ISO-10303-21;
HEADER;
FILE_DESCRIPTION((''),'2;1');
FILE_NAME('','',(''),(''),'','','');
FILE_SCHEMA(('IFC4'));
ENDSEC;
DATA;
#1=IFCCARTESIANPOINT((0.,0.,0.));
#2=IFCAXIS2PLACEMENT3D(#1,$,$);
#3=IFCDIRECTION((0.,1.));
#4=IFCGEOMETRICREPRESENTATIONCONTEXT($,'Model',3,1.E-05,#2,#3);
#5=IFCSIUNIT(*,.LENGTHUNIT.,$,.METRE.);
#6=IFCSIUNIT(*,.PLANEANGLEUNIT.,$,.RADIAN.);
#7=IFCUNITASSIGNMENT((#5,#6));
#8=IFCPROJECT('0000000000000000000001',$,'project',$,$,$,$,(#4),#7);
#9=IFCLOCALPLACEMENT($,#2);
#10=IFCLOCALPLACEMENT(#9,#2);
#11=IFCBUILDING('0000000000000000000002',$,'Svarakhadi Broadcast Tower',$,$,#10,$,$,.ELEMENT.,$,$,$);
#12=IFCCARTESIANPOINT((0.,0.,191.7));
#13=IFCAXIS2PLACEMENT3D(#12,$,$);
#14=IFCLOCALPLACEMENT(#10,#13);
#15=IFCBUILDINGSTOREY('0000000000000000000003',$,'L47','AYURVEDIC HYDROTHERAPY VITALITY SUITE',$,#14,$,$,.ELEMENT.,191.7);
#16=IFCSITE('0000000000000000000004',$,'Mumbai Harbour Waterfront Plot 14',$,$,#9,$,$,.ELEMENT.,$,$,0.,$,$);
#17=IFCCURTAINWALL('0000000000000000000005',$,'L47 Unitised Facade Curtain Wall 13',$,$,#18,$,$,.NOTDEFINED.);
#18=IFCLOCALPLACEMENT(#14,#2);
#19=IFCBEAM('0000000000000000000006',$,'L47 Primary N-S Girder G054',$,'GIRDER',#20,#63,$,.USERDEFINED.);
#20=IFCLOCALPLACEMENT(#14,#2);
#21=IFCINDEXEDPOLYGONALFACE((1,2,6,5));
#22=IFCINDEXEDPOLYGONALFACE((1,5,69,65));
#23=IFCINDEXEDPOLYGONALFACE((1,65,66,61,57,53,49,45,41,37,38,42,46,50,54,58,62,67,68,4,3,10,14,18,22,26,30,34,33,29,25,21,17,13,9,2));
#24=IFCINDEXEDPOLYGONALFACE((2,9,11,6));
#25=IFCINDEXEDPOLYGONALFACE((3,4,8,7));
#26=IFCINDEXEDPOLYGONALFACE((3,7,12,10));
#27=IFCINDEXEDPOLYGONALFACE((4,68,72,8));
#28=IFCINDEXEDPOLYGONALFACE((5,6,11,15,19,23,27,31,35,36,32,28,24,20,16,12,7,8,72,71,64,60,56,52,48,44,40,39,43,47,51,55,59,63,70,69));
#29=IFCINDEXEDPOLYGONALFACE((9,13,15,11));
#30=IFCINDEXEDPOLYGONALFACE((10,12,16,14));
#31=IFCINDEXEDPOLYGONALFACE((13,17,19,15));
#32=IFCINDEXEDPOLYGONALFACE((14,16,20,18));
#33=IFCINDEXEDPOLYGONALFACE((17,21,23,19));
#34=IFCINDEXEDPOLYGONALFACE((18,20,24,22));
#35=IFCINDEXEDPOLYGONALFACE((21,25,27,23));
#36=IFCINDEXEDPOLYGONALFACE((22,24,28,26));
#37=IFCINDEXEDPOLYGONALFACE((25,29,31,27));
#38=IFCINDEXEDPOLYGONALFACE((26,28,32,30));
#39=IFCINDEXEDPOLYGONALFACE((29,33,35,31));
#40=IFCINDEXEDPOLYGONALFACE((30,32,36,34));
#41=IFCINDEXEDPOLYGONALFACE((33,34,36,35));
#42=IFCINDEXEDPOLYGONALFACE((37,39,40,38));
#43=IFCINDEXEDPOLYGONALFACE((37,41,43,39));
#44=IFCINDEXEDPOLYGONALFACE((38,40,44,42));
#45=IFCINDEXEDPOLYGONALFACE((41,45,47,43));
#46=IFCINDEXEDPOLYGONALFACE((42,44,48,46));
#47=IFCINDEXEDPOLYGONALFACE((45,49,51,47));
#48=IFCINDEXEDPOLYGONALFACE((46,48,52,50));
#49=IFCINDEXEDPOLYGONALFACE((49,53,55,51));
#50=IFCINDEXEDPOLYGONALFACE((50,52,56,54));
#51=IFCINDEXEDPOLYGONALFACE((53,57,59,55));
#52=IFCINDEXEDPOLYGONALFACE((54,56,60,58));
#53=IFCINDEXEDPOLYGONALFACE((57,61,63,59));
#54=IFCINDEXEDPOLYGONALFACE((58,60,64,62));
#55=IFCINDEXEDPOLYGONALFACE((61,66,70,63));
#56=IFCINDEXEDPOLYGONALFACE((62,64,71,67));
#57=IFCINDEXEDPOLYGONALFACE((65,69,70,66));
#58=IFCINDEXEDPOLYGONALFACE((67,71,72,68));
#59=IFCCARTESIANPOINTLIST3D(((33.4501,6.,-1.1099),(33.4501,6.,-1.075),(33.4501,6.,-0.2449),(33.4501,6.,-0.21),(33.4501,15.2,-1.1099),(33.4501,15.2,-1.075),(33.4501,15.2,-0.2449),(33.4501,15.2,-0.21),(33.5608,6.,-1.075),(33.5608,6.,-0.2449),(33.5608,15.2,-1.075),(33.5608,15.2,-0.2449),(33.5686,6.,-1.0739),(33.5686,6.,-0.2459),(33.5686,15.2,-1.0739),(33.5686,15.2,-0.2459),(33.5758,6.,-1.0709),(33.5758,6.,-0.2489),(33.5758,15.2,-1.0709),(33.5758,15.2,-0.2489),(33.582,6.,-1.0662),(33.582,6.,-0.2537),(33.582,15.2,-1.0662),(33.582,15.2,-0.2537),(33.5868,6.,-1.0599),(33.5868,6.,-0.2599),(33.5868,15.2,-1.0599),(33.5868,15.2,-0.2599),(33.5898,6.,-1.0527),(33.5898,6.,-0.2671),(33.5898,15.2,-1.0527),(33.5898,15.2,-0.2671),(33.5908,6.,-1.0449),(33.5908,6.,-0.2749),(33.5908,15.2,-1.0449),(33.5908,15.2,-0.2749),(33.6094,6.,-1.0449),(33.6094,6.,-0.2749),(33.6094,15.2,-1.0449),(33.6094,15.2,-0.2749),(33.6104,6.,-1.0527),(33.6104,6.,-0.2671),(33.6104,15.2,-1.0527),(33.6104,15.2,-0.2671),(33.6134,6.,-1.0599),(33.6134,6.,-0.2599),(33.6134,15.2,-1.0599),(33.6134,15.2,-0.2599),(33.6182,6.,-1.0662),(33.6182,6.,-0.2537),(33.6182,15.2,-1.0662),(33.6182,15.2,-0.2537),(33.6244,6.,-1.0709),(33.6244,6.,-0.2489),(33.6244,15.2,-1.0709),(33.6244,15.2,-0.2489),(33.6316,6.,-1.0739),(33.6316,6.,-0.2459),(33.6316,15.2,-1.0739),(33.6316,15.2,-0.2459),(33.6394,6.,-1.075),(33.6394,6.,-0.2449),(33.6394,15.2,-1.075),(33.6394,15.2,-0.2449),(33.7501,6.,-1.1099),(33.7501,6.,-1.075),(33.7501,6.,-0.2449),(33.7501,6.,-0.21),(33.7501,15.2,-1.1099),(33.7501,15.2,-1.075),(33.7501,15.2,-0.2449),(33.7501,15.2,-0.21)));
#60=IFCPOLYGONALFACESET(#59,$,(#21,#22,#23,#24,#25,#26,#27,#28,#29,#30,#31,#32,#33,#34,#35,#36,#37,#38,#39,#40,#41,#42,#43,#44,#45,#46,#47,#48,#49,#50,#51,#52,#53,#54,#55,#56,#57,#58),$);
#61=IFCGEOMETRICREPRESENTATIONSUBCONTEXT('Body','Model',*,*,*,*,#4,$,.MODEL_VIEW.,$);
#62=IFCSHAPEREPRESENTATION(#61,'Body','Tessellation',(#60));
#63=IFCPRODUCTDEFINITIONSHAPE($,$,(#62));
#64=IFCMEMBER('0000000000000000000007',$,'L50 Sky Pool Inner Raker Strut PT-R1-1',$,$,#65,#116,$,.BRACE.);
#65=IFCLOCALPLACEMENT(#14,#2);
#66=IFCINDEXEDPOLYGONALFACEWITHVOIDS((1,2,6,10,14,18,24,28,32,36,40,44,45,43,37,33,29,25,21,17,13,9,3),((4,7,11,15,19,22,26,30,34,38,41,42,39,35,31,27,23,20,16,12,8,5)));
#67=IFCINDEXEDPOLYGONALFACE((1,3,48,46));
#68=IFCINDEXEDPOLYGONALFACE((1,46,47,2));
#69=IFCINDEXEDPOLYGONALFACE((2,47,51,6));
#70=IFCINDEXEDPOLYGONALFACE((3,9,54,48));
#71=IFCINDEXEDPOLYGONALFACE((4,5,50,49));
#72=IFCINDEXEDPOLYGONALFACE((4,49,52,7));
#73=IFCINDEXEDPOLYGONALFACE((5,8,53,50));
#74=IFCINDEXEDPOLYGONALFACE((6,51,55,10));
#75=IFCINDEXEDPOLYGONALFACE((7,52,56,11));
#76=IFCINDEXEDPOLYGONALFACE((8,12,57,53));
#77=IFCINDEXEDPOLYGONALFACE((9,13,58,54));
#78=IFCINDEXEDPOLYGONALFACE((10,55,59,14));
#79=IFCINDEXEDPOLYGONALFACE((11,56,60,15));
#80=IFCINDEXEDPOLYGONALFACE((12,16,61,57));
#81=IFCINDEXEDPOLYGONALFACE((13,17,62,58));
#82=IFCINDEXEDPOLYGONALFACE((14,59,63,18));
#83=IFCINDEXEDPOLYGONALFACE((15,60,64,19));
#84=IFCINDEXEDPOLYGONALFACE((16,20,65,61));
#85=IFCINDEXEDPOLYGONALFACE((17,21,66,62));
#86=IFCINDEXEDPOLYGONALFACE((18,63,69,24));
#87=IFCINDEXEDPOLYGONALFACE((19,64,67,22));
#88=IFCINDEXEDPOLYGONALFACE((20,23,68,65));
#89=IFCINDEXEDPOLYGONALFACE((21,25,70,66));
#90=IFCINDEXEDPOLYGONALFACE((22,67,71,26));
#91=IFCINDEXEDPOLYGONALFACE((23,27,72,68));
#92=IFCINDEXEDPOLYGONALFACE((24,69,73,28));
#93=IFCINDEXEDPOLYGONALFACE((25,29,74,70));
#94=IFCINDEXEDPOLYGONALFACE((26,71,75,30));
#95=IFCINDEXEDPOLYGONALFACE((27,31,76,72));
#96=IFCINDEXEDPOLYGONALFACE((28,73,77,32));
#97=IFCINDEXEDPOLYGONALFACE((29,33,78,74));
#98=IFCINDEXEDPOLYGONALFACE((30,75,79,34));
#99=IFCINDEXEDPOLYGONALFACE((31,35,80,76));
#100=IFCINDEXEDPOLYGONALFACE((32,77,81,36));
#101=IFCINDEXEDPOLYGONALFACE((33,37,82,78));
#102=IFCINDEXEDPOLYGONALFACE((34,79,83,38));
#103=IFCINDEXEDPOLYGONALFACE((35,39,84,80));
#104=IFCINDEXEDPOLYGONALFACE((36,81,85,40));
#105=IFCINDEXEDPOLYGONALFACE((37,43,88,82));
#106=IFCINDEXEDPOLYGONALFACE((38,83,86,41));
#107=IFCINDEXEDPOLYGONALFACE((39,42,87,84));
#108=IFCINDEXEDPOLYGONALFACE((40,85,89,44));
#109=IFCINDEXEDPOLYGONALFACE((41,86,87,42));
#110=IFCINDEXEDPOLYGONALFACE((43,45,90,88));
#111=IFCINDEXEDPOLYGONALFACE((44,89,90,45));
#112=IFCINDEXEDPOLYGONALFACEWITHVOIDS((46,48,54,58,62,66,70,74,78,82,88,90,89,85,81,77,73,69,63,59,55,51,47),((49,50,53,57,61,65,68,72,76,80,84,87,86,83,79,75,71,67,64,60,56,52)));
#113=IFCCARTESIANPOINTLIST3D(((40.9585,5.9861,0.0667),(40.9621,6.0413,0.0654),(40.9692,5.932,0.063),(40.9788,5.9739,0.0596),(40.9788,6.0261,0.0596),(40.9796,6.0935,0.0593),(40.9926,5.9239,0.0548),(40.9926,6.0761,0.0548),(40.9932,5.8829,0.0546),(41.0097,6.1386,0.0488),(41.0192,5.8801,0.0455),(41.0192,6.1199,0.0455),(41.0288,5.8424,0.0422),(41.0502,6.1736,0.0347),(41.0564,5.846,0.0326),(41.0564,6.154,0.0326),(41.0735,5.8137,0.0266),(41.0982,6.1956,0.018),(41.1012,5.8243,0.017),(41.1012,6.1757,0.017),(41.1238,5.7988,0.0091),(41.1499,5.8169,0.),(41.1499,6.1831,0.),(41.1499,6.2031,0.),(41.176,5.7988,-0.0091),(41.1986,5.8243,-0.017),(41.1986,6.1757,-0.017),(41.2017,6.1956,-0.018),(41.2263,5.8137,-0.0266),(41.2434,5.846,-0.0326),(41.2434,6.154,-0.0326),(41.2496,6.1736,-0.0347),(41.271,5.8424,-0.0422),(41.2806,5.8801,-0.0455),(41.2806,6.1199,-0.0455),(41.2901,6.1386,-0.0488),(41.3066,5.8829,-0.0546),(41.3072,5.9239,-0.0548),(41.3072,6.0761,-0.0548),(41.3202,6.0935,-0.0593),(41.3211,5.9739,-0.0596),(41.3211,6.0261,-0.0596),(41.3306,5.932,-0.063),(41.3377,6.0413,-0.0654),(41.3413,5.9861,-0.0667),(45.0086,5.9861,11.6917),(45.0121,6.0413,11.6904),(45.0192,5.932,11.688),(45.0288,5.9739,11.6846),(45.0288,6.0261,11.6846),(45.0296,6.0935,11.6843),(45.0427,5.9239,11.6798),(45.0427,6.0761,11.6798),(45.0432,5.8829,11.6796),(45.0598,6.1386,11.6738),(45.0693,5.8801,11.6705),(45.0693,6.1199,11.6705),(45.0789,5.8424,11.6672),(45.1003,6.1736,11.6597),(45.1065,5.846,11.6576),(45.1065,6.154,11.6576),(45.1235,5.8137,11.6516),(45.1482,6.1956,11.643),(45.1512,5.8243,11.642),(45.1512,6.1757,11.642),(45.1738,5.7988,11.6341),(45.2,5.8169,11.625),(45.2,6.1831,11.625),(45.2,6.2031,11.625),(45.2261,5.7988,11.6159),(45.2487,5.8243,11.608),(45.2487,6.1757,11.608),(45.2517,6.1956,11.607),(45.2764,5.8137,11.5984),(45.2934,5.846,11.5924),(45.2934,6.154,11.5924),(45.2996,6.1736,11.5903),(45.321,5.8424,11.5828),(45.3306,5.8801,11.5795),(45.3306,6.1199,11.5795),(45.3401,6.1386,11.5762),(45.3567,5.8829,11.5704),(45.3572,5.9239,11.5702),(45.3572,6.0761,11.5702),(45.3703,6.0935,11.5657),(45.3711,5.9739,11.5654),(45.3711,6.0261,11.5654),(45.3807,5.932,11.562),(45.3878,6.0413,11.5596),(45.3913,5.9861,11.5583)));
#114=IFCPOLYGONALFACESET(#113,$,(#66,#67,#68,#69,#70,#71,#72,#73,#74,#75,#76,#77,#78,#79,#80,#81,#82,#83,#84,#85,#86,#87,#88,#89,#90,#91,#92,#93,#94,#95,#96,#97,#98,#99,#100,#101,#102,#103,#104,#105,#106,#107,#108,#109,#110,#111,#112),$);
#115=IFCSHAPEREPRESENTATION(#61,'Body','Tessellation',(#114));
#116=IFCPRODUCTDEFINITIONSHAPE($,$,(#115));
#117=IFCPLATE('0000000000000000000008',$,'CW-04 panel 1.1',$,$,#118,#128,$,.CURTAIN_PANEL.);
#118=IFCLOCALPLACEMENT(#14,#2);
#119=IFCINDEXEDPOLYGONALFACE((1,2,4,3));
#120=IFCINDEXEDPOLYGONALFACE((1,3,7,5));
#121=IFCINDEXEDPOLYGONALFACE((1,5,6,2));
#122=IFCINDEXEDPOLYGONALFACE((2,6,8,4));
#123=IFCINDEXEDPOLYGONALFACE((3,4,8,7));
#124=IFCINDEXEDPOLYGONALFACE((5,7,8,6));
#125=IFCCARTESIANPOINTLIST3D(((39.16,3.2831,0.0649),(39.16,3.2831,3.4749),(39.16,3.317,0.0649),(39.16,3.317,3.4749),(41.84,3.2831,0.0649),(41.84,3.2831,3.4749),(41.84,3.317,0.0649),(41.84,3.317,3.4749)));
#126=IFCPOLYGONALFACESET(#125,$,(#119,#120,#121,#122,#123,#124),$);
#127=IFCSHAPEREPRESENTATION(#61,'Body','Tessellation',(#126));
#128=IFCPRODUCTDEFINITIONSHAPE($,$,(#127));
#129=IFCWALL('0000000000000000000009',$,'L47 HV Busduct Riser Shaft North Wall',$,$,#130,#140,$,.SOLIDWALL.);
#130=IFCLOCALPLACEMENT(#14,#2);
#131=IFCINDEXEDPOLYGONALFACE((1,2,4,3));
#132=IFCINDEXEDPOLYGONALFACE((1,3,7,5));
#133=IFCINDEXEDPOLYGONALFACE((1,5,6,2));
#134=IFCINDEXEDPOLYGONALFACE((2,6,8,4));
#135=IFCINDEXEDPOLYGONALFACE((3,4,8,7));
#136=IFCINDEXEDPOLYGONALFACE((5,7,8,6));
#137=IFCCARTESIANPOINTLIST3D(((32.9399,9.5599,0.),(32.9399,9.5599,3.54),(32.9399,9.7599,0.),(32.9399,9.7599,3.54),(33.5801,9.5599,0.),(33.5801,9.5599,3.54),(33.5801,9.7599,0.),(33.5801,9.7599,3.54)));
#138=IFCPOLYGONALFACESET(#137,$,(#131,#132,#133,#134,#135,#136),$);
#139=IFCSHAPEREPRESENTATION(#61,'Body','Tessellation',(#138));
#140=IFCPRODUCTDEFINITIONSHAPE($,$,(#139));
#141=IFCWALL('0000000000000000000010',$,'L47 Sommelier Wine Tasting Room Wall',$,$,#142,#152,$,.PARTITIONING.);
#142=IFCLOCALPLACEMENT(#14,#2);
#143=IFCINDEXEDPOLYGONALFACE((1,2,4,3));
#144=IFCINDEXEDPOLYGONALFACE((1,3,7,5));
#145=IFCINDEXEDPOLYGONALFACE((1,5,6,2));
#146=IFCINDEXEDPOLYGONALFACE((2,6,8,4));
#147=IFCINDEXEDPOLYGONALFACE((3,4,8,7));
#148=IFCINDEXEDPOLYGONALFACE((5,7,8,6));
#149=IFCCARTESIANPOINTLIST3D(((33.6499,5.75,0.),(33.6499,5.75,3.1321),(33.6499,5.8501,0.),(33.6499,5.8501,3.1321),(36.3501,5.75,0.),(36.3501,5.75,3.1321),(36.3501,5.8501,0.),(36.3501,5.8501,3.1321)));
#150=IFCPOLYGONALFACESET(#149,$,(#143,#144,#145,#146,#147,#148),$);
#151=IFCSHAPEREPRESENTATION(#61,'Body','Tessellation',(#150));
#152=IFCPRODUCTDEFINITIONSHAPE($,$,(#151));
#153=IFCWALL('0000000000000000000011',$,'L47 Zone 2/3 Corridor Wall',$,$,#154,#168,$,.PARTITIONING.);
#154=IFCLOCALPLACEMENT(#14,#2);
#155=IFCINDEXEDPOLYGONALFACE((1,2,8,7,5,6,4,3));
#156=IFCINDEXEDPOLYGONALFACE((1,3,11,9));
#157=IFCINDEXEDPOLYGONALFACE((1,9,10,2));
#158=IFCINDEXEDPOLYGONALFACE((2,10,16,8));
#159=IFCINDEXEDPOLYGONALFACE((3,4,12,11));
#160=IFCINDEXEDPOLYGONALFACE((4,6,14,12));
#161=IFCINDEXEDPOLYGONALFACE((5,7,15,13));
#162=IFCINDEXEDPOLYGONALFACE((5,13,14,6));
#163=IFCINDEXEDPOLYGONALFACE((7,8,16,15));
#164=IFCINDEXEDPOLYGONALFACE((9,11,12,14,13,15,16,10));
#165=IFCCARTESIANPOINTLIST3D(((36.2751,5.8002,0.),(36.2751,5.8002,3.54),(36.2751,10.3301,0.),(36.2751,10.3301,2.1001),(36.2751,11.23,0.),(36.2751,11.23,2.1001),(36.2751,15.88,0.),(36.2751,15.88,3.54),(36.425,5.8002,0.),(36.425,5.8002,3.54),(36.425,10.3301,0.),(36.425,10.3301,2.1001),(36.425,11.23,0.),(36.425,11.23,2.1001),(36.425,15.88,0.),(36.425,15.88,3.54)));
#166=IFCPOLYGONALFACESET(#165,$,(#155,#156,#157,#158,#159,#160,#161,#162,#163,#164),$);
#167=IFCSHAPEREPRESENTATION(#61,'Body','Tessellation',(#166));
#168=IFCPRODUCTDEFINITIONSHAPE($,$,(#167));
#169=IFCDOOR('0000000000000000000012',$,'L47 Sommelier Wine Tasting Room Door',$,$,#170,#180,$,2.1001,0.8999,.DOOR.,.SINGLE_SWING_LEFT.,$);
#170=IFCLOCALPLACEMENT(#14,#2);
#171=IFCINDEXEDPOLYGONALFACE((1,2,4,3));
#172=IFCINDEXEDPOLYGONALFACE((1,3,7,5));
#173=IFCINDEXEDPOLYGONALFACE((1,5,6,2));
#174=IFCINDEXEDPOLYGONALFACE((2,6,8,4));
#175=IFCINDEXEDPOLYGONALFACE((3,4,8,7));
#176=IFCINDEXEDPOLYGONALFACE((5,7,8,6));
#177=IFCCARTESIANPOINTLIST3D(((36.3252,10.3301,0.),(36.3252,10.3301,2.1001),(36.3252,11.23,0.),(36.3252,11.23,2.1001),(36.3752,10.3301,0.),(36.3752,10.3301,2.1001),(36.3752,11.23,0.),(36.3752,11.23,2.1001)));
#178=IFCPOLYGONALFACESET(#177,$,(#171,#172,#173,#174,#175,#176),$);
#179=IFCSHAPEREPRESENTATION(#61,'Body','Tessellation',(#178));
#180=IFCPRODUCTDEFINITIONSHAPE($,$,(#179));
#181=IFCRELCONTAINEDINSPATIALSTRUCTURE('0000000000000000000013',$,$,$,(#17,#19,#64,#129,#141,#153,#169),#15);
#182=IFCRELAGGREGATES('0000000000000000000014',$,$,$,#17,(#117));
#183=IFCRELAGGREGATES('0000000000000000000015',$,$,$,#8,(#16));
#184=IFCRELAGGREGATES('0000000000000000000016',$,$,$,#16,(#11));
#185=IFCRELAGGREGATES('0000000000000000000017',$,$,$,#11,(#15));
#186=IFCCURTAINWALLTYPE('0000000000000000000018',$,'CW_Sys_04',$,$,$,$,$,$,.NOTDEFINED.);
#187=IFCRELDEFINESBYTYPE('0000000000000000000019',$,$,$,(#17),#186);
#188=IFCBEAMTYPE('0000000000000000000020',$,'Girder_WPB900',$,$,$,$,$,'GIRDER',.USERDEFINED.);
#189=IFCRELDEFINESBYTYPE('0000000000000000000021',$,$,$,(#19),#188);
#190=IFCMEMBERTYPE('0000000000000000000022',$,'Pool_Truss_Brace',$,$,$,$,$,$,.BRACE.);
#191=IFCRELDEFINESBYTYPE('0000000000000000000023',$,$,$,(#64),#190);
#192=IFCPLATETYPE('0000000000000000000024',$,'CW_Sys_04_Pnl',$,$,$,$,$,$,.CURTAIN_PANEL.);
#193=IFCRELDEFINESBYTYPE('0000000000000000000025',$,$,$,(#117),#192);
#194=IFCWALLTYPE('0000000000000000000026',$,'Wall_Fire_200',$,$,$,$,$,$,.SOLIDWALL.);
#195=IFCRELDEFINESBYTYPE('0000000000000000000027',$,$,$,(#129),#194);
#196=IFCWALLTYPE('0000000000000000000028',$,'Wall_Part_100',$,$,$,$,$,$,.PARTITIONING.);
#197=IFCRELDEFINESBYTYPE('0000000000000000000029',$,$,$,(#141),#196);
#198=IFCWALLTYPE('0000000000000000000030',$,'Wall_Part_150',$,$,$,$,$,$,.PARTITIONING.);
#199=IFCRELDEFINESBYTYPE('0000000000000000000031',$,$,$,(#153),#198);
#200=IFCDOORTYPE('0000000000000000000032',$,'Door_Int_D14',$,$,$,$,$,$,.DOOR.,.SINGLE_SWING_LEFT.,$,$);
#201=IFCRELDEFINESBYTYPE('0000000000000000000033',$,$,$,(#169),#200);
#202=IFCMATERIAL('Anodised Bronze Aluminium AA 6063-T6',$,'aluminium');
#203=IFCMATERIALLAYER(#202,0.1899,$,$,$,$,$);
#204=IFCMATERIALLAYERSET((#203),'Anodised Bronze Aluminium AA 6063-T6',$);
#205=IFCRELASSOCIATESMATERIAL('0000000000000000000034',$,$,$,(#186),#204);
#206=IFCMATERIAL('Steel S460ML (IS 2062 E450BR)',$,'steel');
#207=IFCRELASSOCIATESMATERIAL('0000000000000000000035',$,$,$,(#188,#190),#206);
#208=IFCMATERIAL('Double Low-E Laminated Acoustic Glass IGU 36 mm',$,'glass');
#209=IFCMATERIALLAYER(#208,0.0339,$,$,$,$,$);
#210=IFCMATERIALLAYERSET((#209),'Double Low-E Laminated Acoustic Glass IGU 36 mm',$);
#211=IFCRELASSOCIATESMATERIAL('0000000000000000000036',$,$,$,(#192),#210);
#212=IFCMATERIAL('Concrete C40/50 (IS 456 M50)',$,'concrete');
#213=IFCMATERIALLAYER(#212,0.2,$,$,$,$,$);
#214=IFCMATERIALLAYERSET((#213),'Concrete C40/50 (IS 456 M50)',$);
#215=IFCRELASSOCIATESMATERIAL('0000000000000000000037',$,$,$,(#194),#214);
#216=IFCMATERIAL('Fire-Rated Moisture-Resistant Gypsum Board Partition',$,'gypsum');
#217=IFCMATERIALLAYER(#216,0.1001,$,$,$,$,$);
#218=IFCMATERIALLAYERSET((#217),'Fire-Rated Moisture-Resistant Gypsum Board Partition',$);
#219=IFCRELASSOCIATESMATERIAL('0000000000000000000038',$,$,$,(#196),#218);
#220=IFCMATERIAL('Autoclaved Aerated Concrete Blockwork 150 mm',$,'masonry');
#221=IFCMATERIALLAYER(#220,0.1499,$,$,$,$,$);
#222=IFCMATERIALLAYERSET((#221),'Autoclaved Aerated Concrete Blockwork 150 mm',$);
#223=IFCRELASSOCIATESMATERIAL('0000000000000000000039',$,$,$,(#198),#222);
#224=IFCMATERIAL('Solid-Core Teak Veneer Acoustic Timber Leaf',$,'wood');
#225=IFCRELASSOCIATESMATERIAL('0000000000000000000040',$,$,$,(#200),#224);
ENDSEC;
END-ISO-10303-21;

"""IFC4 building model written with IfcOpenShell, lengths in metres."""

from ifc_helpers import new_model, si_unit, direction, frame, frame_2d, origin, origin_2d, place, context, subcontext, project, spatial, rectangle, hollow_circle, i_section, extrude, material, layer, layer_set, material_profile, profile_set, type_object, element, fill, aggregate, save


model = new_model("IFC4")

# Units and contexts
model_context = context("Model", 3, precision=1e-05, world=origin(), true_north=direction((0.0, 1.0)))
body_context = subcontext(model_context, "Body", "Model", "MODEL_VIEW")
ifc_project = project(units=[si_unit("LENGTHUNIT", "METRE"), si_unit("PLANEANGLEUNIT", "RADIAN")], contexts=[model_context])

# Site, building, storey
site_placement = place(None, origin())
site = spatial("IfcSite", under=ifc_project, at=site_placement, Name="Mumbai Harbour Waterfront Plot 14", CompositionType="ELEMENT", RefElevation=0.0)
building_placement = place(site_placement, origin())
building = spatial("IfcBuilding", under=site, at=building_placement, Name="Svarakhadi Broadcast Tower", CompositionType="ELEMENT")
storey_placement = place(building_placement, frame((0.0, 0.0, 191.7)))
storey = spatial("IfcBuildingStorey", under=building, at=storey_placement, Name="L47", Description="AYURVEDIC HYDROTHERAPY VITALITY SUITE", CompositionType="ELEMENT", Elevation=191.7)

# Shared definitions
ifc_material_1 = material(Name="Steel S460ML (IS 2062 E450BR)", Category="steel")

# Curtain wall
ifc_material_2 = material(Name="Anodised Bronze Aluminium AA 6063-T6", Category="aluminium")
ifc_layer_1 = layer(ifc_material_2, 0.1899)
ifc_layer_set_1 = layer_set([ifc_layer_1], Name="Anodised Bronze Aluminium AA 6063-T6")
curtain_wall_type = type_object("IfcCurtainWallType", Name="CW_Sys_04", PredefinedType="NOTDEFINED", material=ifc_layer_set_1)
curtain_wall_placement = place(storey_placement, origin())
curtain_wall = element("IfcCurtainWall", 1, at=curtain_wall_placement, inside=storey, type_object=curtain_wall_type, Name="L47 Unitised Facade Curtain Wall 13", PredefinedType="NOTDEFINED")

# Beam
ifc_material_profile_1 = material_profile(ifc_material_1, i_section(OverallWidth=0.3, OverallDepth=0.8999, WebThickness=0.0186, FlangeThickness=0.0349, FilletRadius=0.03, at=origin_2d()), Name="WPB 900x300x291")
ifc_profile_set_1 = profile_set([ifc_material_profile_1], Name="Steel S460ML (IS 2062 E450BR)")
beam_type_1 = type_object("IfcBeamType", Name="Girder_WPB900", ElementType="GIRDER", PredefinedType="USERDEFINED", material=ifc_profile_set_1)
beam_1_placement = place(storey_placement, frame((33.6001, 6.0, -0.6599), z_axis=(0.0, 1.0, 0.0), x_axis=(-1.0, 0.0, 0.0)))
element("IfcBeam", 2, at=beam_1_placement, inside=storey, type_object=beam_type_1, Name="L47 Primary N-S Girder G054", ObjectType="GIRDER", PredefinedType="USERDEFINED", context=body_context, shape_type="SweptSolid", body=[
    extrude(i_section(OverallWidth=0.3, OverallDepth=0.8999, WebThickness=0.0186, FlangeThickness=0.0349, FilletRadius=0.03, at=origin_2d()), origin(), (0.0, 0.0, 1.0), 9.2),
])

# Member
ifc_material_profile_2 = material_profile(ifc_material_1, hollow_circle(Radius=0.2031, WallThickness=0.02, at=origin_2d()), Name="CHS 406.4x20")
ifc_profile_set_2 = profile_set([ifc_material_profile_2], Name="Steel S460ML (IS 2062 E450BR)")
member_type_1 = type_object("IfcMemberType", Name="Pool_Truss_Brace", PredefinedType="BRACE", material=ifc_profile_set_2)
member_1_placement = place(storey_placement, frame((41.1499, 6.0, 0.0), z_axis=(0.328997, 0.0, 0.944331), x_axis=(0.0, 1.0, 0.0)))
element("IfcMember", 3, at=member_1_placement, inside=storey, type_object=member_type_1, Name="L50 Sky Pool Inner Raker Strut PT-R1-1", PredefinedType="BRACE", context=body_context, shape_type="SweptSolid", body=[
    extrude(hollow_circle(Radius=0.2031, WallThickness=0.02, at=origin_2d()), origin(), (0.0, 0.0, 1.0), 12.3103),
])

# Plate
ifc_material_3 = material(Name="Double Low-E Laminated Acoustic Glass IGU 36 mm", Category="glass")
ifc_layer_2 = layer(ifc_material_3, 0.0339)
ifc_layer_set_2 = layer_set([ifc_layer_2], Name="Double Low-E Laminated Acoustic Glass IGU 36 mm")
plate_type = type_object("IfcPlateType", Name="CW_Sys_04_Pnl", PredefinedType="CURTAIN_PANEL", material=ifc_layer_set_2)
plate_placement = place(storey_placement, frame((40.5, 3.3, 0.0649), z_axis=(0.0, 0.0, 1.0), x_axis=(-1.0, 0.0, 0.0)))
plate = element("IfcPlate", 4, at=plate_placement, type_object=plate_type, Name="CW-04 panel 1.1", PredefinedType="CURTAIN_PANEL", context=body_context, shape_type="SweptSolid", body=[
    extrude(rectangle(XDim=2.6799, YDim=0.0339, at=origin_2d()), origin(), (0.0, 0.0, 1.0), 3.4099),
])
aggregate(curtain_wall, [plate])

# Walls
ifc_material_4 = material(Name="Concrete C40/50 (IS 456 M50)", Category="concrete")
ifc_layer_3 = layer(ifc_material_4, 0.2)
ifc_layer_set_3 = layer_set([ifc_layer_3], Name="Concrete C40/50 (IS 456 M50)")
wall_type_1 = type_object("IfcWallType", Name="Wall_Fire_200", PredefinedType="SOLIDWALL", material=ifc_layer_set_3)
wall_1_placement = place(storey_placement, frame((32.9399, 9.6599, 0.0), z_axis=(0.0, 0.0, 1.0), x_axis=(1.0, 0.0, 0.0)))
element("IfcWall", 5, at=wall_1_placement, inside=storey, type_object=wall_type_1, Name="L47 HV Busduct Riser Shaft North Wall", PredefinedType="SOLIDWALL", context=body_context, shape_type="SweptSolid", body=[
    extrude(rectangle(XDim=0.6401, YDim=0.2, at=frame_2d((0.3201, 0.0))), origin(), (0.0, 0.0, 1.0), 3.54),
])
ifc_material_5 = material(Name="Fire-Rated Moisture-Resistant Gypsum Board Partition", Category="gypsum")
ifc_layer_4 = layer(ifc_material_5, 0.1001)
ifc_layer_set_4 = layer_set([ifc_layer_4], Name="Fire-Rated Moisture-Resistant Gypsum Board Partition")
wall_type_2 = type_object("IfcWallType", Name="Wall_Part_100", PredefinedType="PARTITIONING", material=ifc_layer_set_4)
wall_2_placement = place(storey_placement, frame((33.6499, 5.8, 0.0), z_axis=(0.0, 0.0, 1.0), x_axis=(1.0, 0.0, 0.0)))
element("IfcWall", 6, at=wall_2_placement, inside=storey, type_object=wall_type_2, Name="L47 Sommelier Wine Tasting Room Wall", PredefinedType="PARTITIONING", context=body_context, shape_type="SweptSolid", body=[
    extrude(rectangle(XDim=2.7002, YDim=0.1001, at=frame_2d((1.3501, 0.0))), origin(), (0.0, 0.0, 1.0), 3.1321),
])

# Wall, opening, door
ifc_material_6 = material(Name="Autoclaved Aerated Concrete Blockwork 150 mm", Category="masonry")
ifc_layer_5 = layer(ifc_material_6, 0.1499)
ifc_layer_set_5 = layer_set([ifc_layer_5], Name="Autoclaved Aerated Concrete Blockwork 150 mm")
wall_type_3 = type_object("IfcWallType", Name="Wall_Part_150", PredefinedType="PARTITIONING", material=ifc_layer_set_5)
wall_3_placement = place(storey_placement, frame((36.3501, 5.8, 0.0), z_axis=(0.0, 0.0, 1.0), x_axis=(0.0, 1.0, 0.0)))
wall_3 = element("IfcWall", 7, at=wall_3_placement, inside=storey, type_object=wall_type_3, Name="L47 Zone 2/3 Corridor Wall", PredefinedType="PARTITIONING", context=body_context, shape_type="SweptSolid", body=[
    extrude(rectangle(XDim=10.0798, YDim=0.1499, at=frame_2d((5.04, 0.0))), origin(), (0.0, 0.0, 1.0), 3.54),
])
opening_1_placement = place(wall_3_placement, frame((4.53, 0.0, 0.0)))
opening_1 = element("IfcOpeningElement", 8, at=opening_1_placement, cuts=wall_3, PredefinedType="OPENING", context=body_context, shape_type="SweptSolid", body=[
    extrude(rectangle(XDim=0.8999, YDim=2.1001, at=frame_2d((0.45, 1.05))), frame((0.0, 0.085, 0.0), z_axis=(0.0, -1.0, 0.0), x_axis=(1.0, 0.0, 0.0)), (0.0, 0.0, 1.0), 0.1699),
])
ifc_material_7 = material(Name="Solid-Core Teak Veneer Acoustic Timber Leaf", Category="wood")
door_type_1 = type_object("IfcDoorType", Name="Door_Int_D14", OperationType="SINGLE_SWING_LEFT", PredefinedType="DOOR", material=ifc_material_7)
door_1_placement = place(opening_1_placement, origin())
door_1 = element("IfcDoor", 9, at=door_1_placement, inside=storey, type_object=door_type_1, Name="L47 Sommelier Wine Tasting Room Door", OperationType="SINGLE_SWING_LEFT", OverallHeight=2.1001, OverallWidth=0.8999, PredefinedType="DOOR", context=body_context, shape_type="SweptSolid", body=[
    extrude(rectangle(XDim=0.8999, YDim=2.1001, at=frame_2d((0.45, 1.05))), frame((0.0, 0.0249, 0.0), z_axis=(0.0, -1.0, 0.0), x_axis=(1.0, 0.0, 0.0)), (0.0, 0.0, 1.0), 0.05),
])
fill(opening_1, door_1)

save(model, "model.ifc")
